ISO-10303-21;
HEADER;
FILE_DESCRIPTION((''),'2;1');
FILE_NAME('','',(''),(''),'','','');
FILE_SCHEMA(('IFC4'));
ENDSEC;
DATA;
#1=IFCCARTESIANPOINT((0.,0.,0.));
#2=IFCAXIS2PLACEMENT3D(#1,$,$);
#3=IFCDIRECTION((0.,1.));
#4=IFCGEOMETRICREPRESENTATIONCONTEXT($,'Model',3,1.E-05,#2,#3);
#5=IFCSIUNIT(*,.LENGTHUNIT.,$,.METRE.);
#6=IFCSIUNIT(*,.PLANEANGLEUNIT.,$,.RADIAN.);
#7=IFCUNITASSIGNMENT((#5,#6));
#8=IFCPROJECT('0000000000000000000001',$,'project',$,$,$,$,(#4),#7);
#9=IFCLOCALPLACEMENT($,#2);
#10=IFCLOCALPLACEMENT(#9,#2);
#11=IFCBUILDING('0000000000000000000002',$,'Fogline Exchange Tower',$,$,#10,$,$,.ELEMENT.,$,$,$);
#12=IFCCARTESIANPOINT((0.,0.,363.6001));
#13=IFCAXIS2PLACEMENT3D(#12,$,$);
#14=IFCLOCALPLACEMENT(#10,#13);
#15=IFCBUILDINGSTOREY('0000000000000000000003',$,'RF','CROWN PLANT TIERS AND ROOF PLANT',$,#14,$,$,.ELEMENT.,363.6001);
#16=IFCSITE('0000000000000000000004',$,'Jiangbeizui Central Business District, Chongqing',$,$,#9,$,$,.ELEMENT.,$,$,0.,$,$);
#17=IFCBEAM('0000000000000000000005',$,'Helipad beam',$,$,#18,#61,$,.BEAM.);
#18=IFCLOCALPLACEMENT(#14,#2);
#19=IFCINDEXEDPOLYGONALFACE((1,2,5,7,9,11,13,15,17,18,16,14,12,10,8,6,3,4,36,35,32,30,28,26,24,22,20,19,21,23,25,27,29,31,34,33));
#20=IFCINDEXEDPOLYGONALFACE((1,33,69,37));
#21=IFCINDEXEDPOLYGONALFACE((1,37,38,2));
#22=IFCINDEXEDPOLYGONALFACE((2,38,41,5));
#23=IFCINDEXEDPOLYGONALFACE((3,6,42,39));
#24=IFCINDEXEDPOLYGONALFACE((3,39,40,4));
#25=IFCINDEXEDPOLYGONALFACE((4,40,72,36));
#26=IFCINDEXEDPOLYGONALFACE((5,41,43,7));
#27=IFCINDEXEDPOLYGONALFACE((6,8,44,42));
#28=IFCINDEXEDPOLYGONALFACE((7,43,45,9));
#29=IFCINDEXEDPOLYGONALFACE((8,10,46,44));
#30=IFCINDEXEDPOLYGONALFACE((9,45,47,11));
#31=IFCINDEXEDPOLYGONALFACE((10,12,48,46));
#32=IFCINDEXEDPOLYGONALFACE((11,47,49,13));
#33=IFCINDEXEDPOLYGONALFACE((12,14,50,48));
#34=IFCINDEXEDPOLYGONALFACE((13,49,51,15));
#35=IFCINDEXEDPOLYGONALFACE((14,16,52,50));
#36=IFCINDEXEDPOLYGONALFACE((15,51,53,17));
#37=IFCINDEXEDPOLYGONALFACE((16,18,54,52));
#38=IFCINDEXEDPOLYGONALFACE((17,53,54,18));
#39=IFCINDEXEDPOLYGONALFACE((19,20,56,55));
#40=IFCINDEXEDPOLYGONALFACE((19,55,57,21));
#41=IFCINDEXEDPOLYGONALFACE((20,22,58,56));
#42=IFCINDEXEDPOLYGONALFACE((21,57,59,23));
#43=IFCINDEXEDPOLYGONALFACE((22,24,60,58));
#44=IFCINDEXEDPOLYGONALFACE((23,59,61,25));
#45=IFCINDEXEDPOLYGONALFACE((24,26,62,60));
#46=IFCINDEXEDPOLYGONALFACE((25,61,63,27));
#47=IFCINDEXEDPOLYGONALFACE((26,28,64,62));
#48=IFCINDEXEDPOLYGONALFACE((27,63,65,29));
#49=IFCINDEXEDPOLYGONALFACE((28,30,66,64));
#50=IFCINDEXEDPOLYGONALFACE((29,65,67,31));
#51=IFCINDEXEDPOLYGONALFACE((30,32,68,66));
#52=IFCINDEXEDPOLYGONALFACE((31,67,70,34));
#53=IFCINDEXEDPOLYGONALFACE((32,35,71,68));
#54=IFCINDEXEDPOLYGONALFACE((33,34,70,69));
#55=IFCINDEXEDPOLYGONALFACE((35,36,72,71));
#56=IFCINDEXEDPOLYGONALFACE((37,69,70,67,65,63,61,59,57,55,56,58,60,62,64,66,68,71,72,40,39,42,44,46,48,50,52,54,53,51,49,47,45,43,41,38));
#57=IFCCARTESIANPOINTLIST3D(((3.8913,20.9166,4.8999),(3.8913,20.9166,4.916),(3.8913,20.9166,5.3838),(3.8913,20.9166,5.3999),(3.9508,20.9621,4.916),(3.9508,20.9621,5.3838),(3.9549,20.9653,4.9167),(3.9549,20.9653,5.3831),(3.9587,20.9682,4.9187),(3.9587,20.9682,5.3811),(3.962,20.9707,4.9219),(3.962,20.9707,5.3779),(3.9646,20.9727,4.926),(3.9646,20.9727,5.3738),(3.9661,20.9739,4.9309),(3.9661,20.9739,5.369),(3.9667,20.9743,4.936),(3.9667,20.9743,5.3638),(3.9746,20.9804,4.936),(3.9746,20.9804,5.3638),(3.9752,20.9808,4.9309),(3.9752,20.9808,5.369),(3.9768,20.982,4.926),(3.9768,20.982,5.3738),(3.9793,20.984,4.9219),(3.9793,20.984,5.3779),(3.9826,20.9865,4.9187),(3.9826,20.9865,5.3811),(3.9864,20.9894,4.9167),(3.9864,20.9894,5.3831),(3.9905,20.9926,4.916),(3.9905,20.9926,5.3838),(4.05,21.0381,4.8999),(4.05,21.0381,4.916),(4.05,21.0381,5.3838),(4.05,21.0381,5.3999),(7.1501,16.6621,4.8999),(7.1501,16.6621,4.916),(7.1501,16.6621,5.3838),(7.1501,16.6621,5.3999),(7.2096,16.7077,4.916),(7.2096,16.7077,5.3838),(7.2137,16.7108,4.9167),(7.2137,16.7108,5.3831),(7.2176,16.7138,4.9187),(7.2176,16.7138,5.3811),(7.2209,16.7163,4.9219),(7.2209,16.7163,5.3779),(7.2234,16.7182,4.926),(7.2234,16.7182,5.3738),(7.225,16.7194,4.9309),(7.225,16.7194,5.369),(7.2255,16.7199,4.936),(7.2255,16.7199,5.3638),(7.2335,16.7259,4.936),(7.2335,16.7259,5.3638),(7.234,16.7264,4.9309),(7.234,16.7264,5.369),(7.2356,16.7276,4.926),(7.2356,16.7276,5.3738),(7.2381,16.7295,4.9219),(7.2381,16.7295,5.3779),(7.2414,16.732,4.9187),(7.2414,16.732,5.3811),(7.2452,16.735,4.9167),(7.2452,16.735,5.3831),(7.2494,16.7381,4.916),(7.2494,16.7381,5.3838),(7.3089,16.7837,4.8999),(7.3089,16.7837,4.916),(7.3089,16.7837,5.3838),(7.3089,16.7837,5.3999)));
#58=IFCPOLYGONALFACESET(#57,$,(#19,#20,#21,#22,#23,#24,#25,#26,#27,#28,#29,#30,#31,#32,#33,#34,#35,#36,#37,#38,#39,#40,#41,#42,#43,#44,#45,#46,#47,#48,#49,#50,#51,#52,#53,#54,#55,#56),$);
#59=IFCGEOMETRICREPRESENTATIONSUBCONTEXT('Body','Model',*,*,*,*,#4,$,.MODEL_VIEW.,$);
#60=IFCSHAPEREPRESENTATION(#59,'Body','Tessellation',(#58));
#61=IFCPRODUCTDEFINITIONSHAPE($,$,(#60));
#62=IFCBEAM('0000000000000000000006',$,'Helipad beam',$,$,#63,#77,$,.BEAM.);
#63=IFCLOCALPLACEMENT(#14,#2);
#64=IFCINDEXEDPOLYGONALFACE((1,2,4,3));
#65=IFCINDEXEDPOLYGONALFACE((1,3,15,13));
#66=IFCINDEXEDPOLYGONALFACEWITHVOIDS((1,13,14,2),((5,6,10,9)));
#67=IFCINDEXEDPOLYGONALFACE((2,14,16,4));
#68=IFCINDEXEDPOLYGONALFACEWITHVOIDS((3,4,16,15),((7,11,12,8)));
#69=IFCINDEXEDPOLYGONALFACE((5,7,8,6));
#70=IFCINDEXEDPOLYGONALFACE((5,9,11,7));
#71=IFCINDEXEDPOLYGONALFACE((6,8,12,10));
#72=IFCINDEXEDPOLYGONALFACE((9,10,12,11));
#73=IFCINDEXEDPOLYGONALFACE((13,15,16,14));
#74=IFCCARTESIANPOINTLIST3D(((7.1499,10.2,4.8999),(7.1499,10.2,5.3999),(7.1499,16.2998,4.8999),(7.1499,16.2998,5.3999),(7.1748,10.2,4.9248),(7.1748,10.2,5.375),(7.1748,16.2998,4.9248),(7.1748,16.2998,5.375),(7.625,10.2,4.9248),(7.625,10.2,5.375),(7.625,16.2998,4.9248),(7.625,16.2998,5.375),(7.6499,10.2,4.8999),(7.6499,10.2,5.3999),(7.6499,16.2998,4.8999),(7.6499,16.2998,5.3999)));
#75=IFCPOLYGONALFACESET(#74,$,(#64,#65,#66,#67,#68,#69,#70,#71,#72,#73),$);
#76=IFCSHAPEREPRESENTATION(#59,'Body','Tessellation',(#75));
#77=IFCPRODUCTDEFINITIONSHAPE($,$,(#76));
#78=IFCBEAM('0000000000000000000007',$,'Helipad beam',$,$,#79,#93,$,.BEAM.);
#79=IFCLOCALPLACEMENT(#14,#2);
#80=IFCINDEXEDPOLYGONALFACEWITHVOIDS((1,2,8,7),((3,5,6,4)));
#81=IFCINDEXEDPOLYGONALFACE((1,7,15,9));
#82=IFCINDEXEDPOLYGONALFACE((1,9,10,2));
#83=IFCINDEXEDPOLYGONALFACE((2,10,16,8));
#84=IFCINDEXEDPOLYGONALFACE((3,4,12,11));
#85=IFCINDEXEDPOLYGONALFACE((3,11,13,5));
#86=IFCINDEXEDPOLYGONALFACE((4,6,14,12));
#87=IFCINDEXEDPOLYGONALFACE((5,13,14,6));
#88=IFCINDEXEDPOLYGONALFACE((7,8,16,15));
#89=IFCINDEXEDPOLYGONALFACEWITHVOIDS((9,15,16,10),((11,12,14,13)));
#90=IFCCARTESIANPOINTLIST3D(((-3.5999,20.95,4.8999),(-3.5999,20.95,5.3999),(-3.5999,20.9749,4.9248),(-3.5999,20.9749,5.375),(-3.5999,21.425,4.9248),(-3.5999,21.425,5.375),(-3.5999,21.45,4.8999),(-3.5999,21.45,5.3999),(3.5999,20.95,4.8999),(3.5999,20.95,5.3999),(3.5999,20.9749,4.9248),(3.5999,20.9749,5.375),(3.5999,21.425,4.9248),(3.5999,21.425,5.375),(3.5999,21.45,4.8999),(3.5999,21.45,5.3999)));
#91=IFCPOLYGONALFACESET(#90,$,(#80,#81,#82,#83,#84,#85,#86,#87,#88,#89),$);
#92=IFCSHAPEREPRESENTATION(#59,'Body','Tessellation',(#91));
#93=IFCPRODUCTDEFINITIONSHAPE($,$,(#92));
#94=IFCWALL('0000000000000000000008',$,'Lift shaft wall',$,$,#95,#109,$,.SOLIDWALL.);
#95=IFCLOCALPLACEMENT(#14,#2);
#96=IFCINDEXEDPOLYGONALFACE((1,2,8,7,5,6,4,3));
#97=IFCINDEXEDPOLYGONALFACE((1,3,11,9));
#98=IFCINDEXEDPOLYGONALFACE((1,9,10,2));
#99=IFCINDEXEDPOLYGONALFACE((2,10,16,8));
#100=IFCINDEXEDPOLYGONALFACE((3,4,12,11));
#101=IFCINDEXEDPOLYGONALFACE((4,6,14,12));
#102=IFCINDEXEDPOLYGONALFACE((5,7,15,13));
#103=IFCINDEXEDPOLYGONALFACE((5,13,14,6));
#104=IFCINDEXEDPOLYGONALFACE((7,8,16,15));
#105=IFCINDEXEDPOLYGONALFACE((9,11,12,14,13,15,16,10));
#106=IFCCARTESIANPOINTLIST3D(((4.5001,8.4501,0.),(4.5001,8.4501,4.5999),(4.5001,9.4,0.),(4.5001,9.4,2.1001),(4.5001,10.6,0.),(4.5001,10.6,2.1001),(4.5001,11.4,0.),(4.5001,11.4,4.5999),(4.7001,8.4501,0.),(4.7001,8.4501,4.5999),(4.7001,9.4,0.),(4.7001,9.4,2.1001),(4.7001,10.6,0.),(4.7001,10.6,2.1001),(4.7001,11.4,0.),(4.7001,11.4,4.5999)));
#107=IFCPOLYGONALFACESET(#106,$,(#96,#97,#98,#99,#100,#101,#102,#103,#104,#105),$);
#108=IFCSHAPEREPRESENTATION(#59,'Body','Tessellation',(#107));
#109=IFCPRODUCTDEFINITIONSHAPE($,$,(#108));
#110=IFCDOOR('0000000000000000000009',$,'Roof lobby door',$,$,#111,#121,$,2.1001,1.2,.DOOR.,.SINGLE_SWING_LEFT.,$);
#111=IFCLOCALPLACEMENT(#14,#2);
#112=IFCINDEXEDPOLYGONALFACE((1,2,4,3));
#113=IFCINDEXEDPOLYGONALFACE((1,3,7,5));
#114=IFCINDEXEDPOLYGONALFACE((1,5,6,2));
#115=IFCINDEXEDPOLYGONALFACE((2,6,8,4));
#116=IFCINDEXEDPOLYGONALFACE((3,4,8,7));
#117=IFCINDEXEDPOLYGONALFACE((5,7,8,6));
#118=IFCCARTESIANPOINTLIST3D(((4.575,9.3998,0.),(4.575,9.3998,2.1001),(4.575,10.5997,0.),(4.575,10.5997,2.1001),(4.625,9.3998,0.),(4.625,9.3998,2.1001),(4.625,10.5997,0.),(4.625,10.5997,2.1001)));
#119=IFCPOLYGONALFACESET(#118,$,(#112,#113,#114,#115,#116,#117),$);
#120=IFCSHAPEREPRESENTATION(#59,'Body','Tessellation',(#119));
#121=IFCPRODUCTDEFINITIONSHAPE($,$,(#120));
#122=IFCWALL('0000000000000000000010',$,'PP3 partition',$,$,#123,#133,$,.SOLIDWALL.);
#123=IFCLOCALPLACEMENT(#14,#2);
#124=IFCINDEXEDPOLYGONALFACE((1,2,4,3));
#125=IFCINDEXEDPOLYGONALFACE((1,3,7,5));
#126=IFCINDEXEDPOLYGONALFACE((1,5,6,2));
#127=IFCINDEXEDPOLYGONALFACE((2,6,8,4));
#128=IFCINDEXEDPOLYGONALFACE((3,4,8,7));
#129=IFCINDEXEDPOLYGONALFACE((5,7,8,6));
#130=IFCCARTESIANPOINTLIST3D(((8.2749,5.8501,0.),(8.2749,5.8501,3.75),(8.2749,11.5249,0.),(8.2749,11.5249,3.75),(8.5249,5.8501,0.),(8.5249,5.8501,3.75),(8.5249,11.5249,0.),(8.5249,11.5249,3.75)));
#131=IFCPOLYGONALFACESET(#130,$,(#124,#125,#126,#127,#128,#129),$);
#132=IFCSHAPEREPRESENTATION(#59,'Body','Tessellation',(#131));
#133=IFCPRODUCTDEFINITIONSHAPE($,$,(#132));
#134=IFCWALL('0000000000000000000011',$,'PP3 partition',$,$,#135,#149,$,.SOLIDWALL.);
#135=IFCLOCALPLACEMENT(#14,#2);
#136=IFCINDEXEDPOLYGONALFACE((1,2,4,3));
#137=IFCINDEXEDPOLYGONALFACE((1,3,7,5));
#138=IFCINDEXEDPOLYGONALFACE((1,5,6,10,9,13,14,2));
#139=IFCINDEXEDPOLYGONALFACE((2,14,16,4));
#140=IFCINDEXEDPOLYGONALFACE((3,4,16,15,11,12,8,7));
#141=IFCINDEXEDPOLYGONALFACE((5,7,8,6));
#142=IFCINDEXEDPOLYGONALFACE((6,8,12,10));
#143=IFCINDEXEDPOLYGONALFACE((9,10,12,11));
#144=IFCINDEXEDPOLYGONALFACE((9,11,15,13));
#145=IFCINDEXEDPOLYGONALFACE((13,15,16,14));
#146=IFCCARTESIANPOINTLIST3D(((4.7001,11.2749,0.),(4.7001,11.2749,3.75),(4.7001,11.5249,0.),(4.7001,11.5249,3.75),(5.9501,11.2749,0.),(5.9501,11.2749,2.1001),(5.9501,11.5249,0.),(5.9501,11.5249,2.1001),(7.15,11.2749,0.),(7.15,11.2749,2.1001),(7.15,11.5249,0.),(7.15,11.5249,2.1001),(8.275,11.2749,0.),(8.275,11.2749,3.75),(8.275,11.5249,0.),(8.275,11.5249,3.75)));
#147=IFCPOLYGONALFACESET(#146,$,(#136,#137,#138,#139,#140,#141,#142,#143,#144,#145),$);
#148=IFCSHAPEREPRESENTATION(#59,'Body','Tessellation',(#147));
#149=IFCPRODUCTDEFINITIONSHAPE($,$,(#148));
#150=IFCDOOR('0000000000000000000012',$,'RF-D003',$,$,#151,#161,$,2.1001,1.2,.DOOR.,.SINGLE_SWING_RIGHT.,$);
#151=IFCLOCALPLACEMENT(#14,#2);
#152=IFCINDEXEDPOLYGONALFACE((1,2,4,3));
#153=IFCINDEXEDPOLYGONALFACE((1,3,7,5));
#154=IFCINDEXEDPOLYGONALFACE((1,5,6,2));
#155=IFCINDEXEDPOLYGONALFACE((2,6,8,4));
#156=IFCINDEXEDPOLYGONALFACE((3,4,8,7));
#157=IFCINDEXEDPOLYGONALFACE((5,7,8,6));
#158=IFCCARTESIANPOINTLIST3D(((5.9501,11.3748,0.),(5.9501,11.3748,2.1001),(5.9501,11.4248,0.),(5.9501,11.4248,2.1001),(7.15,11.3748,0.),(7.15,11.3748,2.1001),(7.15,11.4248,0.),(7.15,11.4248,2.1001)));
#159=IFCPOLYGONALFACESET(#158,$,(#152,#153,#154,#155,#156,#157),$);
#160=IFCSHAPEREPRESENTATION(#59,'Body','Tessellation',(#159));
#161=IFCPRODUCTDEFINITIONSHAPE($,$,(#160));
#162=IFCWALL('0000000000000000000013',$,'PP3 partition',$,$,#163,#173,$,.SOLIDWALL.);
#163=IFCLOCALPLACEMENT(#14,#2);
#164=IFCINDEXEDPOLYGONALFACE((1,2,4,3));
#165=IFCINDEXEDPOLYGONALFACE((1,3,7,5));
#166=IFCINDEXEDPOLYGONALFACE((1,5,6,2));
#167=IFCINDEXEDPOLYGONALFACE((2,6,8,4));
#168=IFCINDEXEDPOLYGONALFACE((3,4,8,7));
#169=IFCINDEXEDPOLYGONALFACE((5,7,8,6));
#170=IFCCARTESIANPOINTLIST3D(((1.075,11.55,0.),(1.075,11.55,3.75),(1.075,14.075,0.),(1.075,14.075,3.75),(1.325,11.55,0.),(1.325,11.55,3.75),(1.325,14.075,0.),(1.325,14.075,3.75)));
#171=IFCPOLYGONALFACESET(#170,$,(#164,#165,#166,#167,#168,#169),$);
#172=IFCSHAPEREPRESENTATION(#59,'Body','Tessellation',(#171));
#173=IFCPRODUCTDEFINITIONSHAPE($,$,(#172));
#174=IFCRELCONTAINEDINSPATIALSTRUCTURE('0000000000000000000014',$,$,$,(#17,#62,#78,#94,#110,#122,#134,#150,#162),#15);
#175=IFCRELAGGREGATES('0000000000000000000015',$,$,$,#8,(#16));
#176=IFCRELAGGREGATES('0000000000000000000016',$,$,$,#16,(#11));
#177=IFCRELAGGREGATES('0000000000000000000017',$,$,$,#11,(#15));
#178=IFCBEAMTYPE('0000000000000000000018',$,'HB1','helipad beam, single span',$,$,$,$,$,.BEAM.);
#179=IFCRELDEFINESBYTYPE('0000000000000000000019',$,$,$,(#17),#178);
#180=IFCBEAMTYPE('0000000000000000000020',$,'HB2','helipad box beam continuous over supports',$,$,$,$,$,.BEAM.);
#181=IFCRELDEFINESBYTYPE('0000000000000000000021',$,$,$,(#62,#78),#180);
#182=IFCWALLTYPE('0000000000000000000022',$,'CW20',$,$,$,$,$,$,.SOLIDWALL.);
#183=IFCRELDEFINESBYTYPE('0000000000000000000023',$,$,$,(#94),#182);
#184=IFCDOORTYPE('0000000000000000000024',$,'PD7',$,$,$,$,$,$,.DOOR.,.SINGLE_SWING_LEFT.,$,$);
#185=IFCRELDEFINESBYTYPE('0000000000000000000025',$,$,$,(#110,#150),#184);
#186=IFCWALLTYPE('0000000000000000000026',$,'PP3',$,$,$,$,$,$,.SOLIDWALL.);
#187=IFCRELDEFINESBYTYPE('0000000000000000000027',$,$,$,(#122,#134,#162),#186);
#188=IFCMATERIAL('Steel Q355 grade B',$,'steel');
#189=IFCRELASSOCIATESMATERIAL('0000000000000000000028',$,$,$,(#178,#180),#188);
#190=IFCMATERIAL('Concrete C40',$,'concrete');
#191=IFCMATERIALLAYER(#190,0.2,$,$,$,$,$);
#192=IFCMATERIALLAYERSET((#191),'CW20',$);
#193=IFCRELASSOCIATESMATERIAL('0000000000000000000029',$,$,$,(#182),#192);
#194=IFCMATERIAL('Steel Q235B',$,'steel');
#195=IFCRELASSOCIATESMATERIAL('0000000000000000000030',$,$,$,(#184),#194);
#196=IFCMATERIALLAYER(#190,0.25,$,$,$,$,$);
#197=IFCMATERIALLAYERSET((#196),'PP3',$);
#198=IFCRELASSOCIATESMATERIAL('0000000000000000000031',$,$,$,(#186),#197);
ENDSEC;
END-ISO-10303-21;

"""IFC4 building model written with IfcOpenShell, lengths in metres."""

from ifc_helpers import new_model, si_unit, direction, frame, frame_2d, origin, origin_2d, place, context, subcontext, project, spatial, rectangle, hollow_rectangle, i_section, extrude, material, layer, layer_set, material_profile, profile_set, type_object, element, fill, save


model = new_model("IFC4")

# Units and contexts
model_context = context("Model", 3, precision=1e-05, world=origin(), true_north=direction((0.0, 1.0)))
body_context = subcontext(model_context, "Body", "Model", "MODEL_VIEW")
ifc_project = project(units=[si_unit("LENGTHUNIT", "METRE"), si_unit("PLANEANGLEUNIT", "RADIAN")], contexts=[model_context])

# Site, building, storey
site_placement = place(None, origin())
site = spatial("IfcSite", under=ifc_project, at=site_placement, Name="Jiangbeizui Central Business District, Chongqing", CompositionType="ELEMENT", RefElevation=0.0)
building_placement = place(site_placement, origin())
building = spatial("IfcBuilding", under=site, at=building_placement, Name="Fogline Exchange Tower", CompositionType="ELEMENT")
storey_placement = place(building_placement, frame((0.0, 0.0, 363.6001)))
storey = spatial("IfcBuildingStorey", under=building, at=storey_placement, Name="RF", Description="CROWN PLANT TIERS AND ROOF PLANT", CompositionType="ELEMENT", Elevation=363.6001)

# Shared definitions
ifc_material_1 = material(Name="Steel Q355 grade B", Category="steel")

# Beams
ifc_material_2 = material(Name="Concrete C40", Category="concrete")
ifc_material_profile_1 = material_profile(ifc_material_1, i_section(OverallWidth=0.2, OverallDepth=0.5, WebThickness=0.01, FlangeThickness=0.0161, FilletRadius=0.02, at=origin_2d()), Name="HN500X200X10X16")
ifc_profile_set_1 = profile_set([ifc_material_profile_1], Name="Steel Q355 grade B")
beam_type_1 = type_object("IfcBeamType", Name="HB1", Description="helipad beam, single span", PredefinedType="BEAM", material=ifc_profile_set_1)
beam_1_placement = place(storey_placement, frame((7.2295, 16.7229, 5.1499), z_axis=(-0.608089, 0.793869, 0.0), x_axis=(-0.793869, -0.608089, 0.0)))
element("IfcBeam", 1, at=beam_1_placement, inside=storey, type_object=beam_type_1, Name="Helipad beam", PredefinedType="BEAM", context=body_context, shape_type="SweptSolid", body=[
    extrude(i_section(OverallWidth=0.2, OverallDepth=0.5, WebThickness=0.01, FlangeThickness=0.0161, FilletRadius=0.02, at=origin_2d()), origin(), (0.0, 0.0, 1.0), 5.3591),
])
ifc_material_profile_2 = material_profile(ifc_material_1, hollow_rectangle(XDim=0.5, YDim=0.5, WallThickness=0.0249, at=origin_2d()), Name="BOX500X500X25")
ifc_profile_set_2 = profile_set([ifc_material_profile_2], Name="Steel Q355 grade B")
beam_type_2 = type_object("IfcBeamType", Name="HB2", Description="helipad box beam continuous over supports", PredefinedType="BEAM", material=ifc_profile_set_2)
beam_2_placement = place(storey_placement, frame((7.3999, 10.2, 5.1499), z_axis=(0.0, 1.0, 0.0), x_axis=(-1.0, 0.0, 0.0)))
element("IfcBeam", 2, at=beam_2_placement, inside=storey, type_object=beam_type_2, Name="Helipad beam", PredefinedType="BEAM", context=body_context, shape_type="SweptSolid", body=[
    extrude(hollow_rectangle(XDim=0.5, YDim=0.5, WallThickness=0.0249, at=origin_2d()), origin(), (0.0, 0.0, 1.0), 6.0999),
])
beam_3_placement = place(storey_placement, frame((3.5999, 21.2, 5.1499), z_axis=(-1.0, 0.0, 0.0), x_axis=(0.0, -1.0, 0.0)))
element("IfcBeam", 3, at=beam_3_placement, inside=storey, type_object=beam_type_2, Name="Helipad beam", PredefinedType="BEAM", context=body_context, shape_type="SweptSolid", body=[
    extrude(hollow_rectangle(XDim=0.5, YDim=0.5, WallThickness=0.0249, at=origin_2d()), origin(), (0.0, 0.0, 1.0), 7.1997),
])

# Wall, opening, door
ifc_layer_1 = layer(ifc_material_2, 0.2)
ifc_layer_set_1 = layer_set([ifc_layer_1], Name="CW20")
wall_type_1 = type_object("IfcWallType", Name="CW20", PredefinedType="SOLIDWALL", material=ifc_layer_set_1)
wall_1_placement = place(storey_placement, frame((4.6001, 8.45, 0.0), z_axis=(0.0, 0.0, 1.0), x_axis=(0.0, 1.0, 0.0)))
wall_1 = element("IfcWall", 4, at=wall_1_placement, inside=storey, type_object=wall_type_1, Name="Lift shaft wall", PredefinedType="SOLIDWALL", context=body_context, shape_type="SweptSolid", body=[
    extrude(rectangle(XDim=2.95, YDim=0.2, at=frame_2d((1.4751, 0.0))), origin(), (0.0, 0.0, 1.0), 4.5999),
])
opening_1_placement = place(wall_1_placement, frame((0.95, 0.0, 0.0)))
opening_1 = element("IfcOpeningElement", 5, at=opening_1_placement, cuts=wall_1, PredefinedType="OPENING", context=body_context, shape_type="SweptSolid", body=[
    extrude(rectangle(XDim=1.2, YDim=2.1001, at=frame_2d((0.6001, 1.05))), frame((0.0, 0.1099, 0.0), z_axis=(0.0, -1.0, 0.0), x_axis=(1.0, 0.0, 0.0)), (0.0, 0.0, 1.0), 0.22),
])
ifc_material_3 = material(Name="Steel Q235B", Category="steel")
door_type = type_object("IfcDoorType", Name="PD7", OperationType="SINGLE_SWING_LEFT", PredefinedType="DOOR", material=ifc_material_3)
door_1_placement = place(opening_1_placement, frame((1.2, 0.0, 0.0), z_axis=(0.0, 0.0, 1.0), x_axis=(-1.0, 0.0, 0.0)))
door_1 = element("IfcDoor", 6, at=door_1_placement, inside=storey, type_object=door_type, Name="Roof lobby door", OperationType="SINGLE_SWING_LEFT", OverallHeight=2.1001, OverallWidth=1.2, PredefinedType="DOOR", context=body_context, shape_type="SweptSolid", body=[
    extrude(rectangle(XDim=1.2, YDim=2.1001, at=frame_2d((0.6001, 1.05))), frame((0.0, 0.0249, 0.0), z_axis=(0.0, -1.0, 0.0), x_axis=(1.0, 0.0, 0.0)), (0.0, 0.0, 1.0), 0.05),
])
fill(opening_1, door_1)

# Wall
ifc_layer_2 = layer(ifc_material_2, 0.25)
ifc_layer_set_2 = layer_set([ifc_layer_2], Name="PP3")
wall_type_2 = type_object("IfcWallType", Name="PP3", PredefinedType="SOLIDWALL", material=ifc_layer_set_2)
wall_2_placement = place(storey_placement, frame((8.3999, 11.5249, 0.0), z_axis=(0.0, 0.0, 1.0), x_axis=(0.0, -1.0, 0.0)))
element("IfcWall", 7, at=wall_2_placement, inside=storey, type_object=wall_type_2, Name="PP3 partition", PredefinedType="SOLIDWALL", context=body_context, shape_type="SweptSolid", body=[
    extrude(rectangle(XDim=5.6748, YDim=0.25, at=frame_2d((2.8374, 0.0))), origin(), (0.0, 0.0, 1.0), 3.75),
])

# Wall, opening, door
wall_3_placement = place(storey_placement, frame((4.7, 11.3999, 0.0), z_axis=(0.0, 0.0, 1.0), x_axis=(1.0, 0.0, 0.0)))
wall_3 = element("IfcWall", 8, at=wall_3_placement, inside=storey, type_object=wall_type_2, Name="PP3 partition", PredefinedType="SOLIDWALL", context=body_context, shape_type="SweptSolid", body=[
    extrude(rectangle(XDim=3.575, YDim=0.25, at=frame_2d((1.7876, 0.0))), origin(), (0.0, 0.0, 1.0), 3.75),
])
opening_2_placement = place(wall_3_placement, frame((1.25, 0.0, 0.0)))
opening_2 = element("IfcOpeningElement", 9, at=opening_2_placement, cuts=wall_3, PredefinedType="OPENING", context=body_context, shape_type="SweptSolid", body=[
    extrude(rectangle(XDim=1.2, YDim=2.1001, at=frame_2d((0.6001, 1.05))), frame((0.0, 0.135, 0.0), z_axis=(0.0, -1.0, 0.0), x_axis=(1.0, 0.0, 0.0)), (0.0, 0.0, 1.0), 0.27),
])
door_2_placement = place(opening_2_placement, origin())
door_2 = element("IfcDoor", 10, at=door_2_placement, inside=storey, type_object=door_type, Name="RF-D003", OperationType="SINGLE_SWING_RIGHT", OverallHeight=2.1001, OverallWidth=1.2, PredefinedType="DOOR", context=body_context, shape_type="SweptSolid", body=[
    extrude(rectangle(XDim=1.2, YDim=2.1001, at=frame_2d((0.6001, 1.05))), frame((0.0, 0.0249, 0.0), z_axis=(0.0, -1.0, 0.0), x_axis=(1.0, 0.0, 0.0)), (0.0, 0.0, 1.0), 0.05),
])
fill(opening_2, door_2)

# Wall
wall_4_placement = place(storey_placement, frame((1.2, 14.075, 0.0), z_axis=(0.0, 0.0, 1.0), x_axis=(0.0, -1.0, 0.0)))
element("IfcWall", 11, at=wall_4_placement, inside=storey, type_object=wall_type_2, Name="PP3 partition", PredefinedType="SOLIDWALL", context=body_context, shape_type="SweptSolid", body=[
    extrude(rectangle(XDim=2.5249, YDim=0.25, at=frame_2d((1.2625, 0.0))), origin(), (0.0, 0.0, 1.0), 3.75),
])

save(model, "model.ifc")
